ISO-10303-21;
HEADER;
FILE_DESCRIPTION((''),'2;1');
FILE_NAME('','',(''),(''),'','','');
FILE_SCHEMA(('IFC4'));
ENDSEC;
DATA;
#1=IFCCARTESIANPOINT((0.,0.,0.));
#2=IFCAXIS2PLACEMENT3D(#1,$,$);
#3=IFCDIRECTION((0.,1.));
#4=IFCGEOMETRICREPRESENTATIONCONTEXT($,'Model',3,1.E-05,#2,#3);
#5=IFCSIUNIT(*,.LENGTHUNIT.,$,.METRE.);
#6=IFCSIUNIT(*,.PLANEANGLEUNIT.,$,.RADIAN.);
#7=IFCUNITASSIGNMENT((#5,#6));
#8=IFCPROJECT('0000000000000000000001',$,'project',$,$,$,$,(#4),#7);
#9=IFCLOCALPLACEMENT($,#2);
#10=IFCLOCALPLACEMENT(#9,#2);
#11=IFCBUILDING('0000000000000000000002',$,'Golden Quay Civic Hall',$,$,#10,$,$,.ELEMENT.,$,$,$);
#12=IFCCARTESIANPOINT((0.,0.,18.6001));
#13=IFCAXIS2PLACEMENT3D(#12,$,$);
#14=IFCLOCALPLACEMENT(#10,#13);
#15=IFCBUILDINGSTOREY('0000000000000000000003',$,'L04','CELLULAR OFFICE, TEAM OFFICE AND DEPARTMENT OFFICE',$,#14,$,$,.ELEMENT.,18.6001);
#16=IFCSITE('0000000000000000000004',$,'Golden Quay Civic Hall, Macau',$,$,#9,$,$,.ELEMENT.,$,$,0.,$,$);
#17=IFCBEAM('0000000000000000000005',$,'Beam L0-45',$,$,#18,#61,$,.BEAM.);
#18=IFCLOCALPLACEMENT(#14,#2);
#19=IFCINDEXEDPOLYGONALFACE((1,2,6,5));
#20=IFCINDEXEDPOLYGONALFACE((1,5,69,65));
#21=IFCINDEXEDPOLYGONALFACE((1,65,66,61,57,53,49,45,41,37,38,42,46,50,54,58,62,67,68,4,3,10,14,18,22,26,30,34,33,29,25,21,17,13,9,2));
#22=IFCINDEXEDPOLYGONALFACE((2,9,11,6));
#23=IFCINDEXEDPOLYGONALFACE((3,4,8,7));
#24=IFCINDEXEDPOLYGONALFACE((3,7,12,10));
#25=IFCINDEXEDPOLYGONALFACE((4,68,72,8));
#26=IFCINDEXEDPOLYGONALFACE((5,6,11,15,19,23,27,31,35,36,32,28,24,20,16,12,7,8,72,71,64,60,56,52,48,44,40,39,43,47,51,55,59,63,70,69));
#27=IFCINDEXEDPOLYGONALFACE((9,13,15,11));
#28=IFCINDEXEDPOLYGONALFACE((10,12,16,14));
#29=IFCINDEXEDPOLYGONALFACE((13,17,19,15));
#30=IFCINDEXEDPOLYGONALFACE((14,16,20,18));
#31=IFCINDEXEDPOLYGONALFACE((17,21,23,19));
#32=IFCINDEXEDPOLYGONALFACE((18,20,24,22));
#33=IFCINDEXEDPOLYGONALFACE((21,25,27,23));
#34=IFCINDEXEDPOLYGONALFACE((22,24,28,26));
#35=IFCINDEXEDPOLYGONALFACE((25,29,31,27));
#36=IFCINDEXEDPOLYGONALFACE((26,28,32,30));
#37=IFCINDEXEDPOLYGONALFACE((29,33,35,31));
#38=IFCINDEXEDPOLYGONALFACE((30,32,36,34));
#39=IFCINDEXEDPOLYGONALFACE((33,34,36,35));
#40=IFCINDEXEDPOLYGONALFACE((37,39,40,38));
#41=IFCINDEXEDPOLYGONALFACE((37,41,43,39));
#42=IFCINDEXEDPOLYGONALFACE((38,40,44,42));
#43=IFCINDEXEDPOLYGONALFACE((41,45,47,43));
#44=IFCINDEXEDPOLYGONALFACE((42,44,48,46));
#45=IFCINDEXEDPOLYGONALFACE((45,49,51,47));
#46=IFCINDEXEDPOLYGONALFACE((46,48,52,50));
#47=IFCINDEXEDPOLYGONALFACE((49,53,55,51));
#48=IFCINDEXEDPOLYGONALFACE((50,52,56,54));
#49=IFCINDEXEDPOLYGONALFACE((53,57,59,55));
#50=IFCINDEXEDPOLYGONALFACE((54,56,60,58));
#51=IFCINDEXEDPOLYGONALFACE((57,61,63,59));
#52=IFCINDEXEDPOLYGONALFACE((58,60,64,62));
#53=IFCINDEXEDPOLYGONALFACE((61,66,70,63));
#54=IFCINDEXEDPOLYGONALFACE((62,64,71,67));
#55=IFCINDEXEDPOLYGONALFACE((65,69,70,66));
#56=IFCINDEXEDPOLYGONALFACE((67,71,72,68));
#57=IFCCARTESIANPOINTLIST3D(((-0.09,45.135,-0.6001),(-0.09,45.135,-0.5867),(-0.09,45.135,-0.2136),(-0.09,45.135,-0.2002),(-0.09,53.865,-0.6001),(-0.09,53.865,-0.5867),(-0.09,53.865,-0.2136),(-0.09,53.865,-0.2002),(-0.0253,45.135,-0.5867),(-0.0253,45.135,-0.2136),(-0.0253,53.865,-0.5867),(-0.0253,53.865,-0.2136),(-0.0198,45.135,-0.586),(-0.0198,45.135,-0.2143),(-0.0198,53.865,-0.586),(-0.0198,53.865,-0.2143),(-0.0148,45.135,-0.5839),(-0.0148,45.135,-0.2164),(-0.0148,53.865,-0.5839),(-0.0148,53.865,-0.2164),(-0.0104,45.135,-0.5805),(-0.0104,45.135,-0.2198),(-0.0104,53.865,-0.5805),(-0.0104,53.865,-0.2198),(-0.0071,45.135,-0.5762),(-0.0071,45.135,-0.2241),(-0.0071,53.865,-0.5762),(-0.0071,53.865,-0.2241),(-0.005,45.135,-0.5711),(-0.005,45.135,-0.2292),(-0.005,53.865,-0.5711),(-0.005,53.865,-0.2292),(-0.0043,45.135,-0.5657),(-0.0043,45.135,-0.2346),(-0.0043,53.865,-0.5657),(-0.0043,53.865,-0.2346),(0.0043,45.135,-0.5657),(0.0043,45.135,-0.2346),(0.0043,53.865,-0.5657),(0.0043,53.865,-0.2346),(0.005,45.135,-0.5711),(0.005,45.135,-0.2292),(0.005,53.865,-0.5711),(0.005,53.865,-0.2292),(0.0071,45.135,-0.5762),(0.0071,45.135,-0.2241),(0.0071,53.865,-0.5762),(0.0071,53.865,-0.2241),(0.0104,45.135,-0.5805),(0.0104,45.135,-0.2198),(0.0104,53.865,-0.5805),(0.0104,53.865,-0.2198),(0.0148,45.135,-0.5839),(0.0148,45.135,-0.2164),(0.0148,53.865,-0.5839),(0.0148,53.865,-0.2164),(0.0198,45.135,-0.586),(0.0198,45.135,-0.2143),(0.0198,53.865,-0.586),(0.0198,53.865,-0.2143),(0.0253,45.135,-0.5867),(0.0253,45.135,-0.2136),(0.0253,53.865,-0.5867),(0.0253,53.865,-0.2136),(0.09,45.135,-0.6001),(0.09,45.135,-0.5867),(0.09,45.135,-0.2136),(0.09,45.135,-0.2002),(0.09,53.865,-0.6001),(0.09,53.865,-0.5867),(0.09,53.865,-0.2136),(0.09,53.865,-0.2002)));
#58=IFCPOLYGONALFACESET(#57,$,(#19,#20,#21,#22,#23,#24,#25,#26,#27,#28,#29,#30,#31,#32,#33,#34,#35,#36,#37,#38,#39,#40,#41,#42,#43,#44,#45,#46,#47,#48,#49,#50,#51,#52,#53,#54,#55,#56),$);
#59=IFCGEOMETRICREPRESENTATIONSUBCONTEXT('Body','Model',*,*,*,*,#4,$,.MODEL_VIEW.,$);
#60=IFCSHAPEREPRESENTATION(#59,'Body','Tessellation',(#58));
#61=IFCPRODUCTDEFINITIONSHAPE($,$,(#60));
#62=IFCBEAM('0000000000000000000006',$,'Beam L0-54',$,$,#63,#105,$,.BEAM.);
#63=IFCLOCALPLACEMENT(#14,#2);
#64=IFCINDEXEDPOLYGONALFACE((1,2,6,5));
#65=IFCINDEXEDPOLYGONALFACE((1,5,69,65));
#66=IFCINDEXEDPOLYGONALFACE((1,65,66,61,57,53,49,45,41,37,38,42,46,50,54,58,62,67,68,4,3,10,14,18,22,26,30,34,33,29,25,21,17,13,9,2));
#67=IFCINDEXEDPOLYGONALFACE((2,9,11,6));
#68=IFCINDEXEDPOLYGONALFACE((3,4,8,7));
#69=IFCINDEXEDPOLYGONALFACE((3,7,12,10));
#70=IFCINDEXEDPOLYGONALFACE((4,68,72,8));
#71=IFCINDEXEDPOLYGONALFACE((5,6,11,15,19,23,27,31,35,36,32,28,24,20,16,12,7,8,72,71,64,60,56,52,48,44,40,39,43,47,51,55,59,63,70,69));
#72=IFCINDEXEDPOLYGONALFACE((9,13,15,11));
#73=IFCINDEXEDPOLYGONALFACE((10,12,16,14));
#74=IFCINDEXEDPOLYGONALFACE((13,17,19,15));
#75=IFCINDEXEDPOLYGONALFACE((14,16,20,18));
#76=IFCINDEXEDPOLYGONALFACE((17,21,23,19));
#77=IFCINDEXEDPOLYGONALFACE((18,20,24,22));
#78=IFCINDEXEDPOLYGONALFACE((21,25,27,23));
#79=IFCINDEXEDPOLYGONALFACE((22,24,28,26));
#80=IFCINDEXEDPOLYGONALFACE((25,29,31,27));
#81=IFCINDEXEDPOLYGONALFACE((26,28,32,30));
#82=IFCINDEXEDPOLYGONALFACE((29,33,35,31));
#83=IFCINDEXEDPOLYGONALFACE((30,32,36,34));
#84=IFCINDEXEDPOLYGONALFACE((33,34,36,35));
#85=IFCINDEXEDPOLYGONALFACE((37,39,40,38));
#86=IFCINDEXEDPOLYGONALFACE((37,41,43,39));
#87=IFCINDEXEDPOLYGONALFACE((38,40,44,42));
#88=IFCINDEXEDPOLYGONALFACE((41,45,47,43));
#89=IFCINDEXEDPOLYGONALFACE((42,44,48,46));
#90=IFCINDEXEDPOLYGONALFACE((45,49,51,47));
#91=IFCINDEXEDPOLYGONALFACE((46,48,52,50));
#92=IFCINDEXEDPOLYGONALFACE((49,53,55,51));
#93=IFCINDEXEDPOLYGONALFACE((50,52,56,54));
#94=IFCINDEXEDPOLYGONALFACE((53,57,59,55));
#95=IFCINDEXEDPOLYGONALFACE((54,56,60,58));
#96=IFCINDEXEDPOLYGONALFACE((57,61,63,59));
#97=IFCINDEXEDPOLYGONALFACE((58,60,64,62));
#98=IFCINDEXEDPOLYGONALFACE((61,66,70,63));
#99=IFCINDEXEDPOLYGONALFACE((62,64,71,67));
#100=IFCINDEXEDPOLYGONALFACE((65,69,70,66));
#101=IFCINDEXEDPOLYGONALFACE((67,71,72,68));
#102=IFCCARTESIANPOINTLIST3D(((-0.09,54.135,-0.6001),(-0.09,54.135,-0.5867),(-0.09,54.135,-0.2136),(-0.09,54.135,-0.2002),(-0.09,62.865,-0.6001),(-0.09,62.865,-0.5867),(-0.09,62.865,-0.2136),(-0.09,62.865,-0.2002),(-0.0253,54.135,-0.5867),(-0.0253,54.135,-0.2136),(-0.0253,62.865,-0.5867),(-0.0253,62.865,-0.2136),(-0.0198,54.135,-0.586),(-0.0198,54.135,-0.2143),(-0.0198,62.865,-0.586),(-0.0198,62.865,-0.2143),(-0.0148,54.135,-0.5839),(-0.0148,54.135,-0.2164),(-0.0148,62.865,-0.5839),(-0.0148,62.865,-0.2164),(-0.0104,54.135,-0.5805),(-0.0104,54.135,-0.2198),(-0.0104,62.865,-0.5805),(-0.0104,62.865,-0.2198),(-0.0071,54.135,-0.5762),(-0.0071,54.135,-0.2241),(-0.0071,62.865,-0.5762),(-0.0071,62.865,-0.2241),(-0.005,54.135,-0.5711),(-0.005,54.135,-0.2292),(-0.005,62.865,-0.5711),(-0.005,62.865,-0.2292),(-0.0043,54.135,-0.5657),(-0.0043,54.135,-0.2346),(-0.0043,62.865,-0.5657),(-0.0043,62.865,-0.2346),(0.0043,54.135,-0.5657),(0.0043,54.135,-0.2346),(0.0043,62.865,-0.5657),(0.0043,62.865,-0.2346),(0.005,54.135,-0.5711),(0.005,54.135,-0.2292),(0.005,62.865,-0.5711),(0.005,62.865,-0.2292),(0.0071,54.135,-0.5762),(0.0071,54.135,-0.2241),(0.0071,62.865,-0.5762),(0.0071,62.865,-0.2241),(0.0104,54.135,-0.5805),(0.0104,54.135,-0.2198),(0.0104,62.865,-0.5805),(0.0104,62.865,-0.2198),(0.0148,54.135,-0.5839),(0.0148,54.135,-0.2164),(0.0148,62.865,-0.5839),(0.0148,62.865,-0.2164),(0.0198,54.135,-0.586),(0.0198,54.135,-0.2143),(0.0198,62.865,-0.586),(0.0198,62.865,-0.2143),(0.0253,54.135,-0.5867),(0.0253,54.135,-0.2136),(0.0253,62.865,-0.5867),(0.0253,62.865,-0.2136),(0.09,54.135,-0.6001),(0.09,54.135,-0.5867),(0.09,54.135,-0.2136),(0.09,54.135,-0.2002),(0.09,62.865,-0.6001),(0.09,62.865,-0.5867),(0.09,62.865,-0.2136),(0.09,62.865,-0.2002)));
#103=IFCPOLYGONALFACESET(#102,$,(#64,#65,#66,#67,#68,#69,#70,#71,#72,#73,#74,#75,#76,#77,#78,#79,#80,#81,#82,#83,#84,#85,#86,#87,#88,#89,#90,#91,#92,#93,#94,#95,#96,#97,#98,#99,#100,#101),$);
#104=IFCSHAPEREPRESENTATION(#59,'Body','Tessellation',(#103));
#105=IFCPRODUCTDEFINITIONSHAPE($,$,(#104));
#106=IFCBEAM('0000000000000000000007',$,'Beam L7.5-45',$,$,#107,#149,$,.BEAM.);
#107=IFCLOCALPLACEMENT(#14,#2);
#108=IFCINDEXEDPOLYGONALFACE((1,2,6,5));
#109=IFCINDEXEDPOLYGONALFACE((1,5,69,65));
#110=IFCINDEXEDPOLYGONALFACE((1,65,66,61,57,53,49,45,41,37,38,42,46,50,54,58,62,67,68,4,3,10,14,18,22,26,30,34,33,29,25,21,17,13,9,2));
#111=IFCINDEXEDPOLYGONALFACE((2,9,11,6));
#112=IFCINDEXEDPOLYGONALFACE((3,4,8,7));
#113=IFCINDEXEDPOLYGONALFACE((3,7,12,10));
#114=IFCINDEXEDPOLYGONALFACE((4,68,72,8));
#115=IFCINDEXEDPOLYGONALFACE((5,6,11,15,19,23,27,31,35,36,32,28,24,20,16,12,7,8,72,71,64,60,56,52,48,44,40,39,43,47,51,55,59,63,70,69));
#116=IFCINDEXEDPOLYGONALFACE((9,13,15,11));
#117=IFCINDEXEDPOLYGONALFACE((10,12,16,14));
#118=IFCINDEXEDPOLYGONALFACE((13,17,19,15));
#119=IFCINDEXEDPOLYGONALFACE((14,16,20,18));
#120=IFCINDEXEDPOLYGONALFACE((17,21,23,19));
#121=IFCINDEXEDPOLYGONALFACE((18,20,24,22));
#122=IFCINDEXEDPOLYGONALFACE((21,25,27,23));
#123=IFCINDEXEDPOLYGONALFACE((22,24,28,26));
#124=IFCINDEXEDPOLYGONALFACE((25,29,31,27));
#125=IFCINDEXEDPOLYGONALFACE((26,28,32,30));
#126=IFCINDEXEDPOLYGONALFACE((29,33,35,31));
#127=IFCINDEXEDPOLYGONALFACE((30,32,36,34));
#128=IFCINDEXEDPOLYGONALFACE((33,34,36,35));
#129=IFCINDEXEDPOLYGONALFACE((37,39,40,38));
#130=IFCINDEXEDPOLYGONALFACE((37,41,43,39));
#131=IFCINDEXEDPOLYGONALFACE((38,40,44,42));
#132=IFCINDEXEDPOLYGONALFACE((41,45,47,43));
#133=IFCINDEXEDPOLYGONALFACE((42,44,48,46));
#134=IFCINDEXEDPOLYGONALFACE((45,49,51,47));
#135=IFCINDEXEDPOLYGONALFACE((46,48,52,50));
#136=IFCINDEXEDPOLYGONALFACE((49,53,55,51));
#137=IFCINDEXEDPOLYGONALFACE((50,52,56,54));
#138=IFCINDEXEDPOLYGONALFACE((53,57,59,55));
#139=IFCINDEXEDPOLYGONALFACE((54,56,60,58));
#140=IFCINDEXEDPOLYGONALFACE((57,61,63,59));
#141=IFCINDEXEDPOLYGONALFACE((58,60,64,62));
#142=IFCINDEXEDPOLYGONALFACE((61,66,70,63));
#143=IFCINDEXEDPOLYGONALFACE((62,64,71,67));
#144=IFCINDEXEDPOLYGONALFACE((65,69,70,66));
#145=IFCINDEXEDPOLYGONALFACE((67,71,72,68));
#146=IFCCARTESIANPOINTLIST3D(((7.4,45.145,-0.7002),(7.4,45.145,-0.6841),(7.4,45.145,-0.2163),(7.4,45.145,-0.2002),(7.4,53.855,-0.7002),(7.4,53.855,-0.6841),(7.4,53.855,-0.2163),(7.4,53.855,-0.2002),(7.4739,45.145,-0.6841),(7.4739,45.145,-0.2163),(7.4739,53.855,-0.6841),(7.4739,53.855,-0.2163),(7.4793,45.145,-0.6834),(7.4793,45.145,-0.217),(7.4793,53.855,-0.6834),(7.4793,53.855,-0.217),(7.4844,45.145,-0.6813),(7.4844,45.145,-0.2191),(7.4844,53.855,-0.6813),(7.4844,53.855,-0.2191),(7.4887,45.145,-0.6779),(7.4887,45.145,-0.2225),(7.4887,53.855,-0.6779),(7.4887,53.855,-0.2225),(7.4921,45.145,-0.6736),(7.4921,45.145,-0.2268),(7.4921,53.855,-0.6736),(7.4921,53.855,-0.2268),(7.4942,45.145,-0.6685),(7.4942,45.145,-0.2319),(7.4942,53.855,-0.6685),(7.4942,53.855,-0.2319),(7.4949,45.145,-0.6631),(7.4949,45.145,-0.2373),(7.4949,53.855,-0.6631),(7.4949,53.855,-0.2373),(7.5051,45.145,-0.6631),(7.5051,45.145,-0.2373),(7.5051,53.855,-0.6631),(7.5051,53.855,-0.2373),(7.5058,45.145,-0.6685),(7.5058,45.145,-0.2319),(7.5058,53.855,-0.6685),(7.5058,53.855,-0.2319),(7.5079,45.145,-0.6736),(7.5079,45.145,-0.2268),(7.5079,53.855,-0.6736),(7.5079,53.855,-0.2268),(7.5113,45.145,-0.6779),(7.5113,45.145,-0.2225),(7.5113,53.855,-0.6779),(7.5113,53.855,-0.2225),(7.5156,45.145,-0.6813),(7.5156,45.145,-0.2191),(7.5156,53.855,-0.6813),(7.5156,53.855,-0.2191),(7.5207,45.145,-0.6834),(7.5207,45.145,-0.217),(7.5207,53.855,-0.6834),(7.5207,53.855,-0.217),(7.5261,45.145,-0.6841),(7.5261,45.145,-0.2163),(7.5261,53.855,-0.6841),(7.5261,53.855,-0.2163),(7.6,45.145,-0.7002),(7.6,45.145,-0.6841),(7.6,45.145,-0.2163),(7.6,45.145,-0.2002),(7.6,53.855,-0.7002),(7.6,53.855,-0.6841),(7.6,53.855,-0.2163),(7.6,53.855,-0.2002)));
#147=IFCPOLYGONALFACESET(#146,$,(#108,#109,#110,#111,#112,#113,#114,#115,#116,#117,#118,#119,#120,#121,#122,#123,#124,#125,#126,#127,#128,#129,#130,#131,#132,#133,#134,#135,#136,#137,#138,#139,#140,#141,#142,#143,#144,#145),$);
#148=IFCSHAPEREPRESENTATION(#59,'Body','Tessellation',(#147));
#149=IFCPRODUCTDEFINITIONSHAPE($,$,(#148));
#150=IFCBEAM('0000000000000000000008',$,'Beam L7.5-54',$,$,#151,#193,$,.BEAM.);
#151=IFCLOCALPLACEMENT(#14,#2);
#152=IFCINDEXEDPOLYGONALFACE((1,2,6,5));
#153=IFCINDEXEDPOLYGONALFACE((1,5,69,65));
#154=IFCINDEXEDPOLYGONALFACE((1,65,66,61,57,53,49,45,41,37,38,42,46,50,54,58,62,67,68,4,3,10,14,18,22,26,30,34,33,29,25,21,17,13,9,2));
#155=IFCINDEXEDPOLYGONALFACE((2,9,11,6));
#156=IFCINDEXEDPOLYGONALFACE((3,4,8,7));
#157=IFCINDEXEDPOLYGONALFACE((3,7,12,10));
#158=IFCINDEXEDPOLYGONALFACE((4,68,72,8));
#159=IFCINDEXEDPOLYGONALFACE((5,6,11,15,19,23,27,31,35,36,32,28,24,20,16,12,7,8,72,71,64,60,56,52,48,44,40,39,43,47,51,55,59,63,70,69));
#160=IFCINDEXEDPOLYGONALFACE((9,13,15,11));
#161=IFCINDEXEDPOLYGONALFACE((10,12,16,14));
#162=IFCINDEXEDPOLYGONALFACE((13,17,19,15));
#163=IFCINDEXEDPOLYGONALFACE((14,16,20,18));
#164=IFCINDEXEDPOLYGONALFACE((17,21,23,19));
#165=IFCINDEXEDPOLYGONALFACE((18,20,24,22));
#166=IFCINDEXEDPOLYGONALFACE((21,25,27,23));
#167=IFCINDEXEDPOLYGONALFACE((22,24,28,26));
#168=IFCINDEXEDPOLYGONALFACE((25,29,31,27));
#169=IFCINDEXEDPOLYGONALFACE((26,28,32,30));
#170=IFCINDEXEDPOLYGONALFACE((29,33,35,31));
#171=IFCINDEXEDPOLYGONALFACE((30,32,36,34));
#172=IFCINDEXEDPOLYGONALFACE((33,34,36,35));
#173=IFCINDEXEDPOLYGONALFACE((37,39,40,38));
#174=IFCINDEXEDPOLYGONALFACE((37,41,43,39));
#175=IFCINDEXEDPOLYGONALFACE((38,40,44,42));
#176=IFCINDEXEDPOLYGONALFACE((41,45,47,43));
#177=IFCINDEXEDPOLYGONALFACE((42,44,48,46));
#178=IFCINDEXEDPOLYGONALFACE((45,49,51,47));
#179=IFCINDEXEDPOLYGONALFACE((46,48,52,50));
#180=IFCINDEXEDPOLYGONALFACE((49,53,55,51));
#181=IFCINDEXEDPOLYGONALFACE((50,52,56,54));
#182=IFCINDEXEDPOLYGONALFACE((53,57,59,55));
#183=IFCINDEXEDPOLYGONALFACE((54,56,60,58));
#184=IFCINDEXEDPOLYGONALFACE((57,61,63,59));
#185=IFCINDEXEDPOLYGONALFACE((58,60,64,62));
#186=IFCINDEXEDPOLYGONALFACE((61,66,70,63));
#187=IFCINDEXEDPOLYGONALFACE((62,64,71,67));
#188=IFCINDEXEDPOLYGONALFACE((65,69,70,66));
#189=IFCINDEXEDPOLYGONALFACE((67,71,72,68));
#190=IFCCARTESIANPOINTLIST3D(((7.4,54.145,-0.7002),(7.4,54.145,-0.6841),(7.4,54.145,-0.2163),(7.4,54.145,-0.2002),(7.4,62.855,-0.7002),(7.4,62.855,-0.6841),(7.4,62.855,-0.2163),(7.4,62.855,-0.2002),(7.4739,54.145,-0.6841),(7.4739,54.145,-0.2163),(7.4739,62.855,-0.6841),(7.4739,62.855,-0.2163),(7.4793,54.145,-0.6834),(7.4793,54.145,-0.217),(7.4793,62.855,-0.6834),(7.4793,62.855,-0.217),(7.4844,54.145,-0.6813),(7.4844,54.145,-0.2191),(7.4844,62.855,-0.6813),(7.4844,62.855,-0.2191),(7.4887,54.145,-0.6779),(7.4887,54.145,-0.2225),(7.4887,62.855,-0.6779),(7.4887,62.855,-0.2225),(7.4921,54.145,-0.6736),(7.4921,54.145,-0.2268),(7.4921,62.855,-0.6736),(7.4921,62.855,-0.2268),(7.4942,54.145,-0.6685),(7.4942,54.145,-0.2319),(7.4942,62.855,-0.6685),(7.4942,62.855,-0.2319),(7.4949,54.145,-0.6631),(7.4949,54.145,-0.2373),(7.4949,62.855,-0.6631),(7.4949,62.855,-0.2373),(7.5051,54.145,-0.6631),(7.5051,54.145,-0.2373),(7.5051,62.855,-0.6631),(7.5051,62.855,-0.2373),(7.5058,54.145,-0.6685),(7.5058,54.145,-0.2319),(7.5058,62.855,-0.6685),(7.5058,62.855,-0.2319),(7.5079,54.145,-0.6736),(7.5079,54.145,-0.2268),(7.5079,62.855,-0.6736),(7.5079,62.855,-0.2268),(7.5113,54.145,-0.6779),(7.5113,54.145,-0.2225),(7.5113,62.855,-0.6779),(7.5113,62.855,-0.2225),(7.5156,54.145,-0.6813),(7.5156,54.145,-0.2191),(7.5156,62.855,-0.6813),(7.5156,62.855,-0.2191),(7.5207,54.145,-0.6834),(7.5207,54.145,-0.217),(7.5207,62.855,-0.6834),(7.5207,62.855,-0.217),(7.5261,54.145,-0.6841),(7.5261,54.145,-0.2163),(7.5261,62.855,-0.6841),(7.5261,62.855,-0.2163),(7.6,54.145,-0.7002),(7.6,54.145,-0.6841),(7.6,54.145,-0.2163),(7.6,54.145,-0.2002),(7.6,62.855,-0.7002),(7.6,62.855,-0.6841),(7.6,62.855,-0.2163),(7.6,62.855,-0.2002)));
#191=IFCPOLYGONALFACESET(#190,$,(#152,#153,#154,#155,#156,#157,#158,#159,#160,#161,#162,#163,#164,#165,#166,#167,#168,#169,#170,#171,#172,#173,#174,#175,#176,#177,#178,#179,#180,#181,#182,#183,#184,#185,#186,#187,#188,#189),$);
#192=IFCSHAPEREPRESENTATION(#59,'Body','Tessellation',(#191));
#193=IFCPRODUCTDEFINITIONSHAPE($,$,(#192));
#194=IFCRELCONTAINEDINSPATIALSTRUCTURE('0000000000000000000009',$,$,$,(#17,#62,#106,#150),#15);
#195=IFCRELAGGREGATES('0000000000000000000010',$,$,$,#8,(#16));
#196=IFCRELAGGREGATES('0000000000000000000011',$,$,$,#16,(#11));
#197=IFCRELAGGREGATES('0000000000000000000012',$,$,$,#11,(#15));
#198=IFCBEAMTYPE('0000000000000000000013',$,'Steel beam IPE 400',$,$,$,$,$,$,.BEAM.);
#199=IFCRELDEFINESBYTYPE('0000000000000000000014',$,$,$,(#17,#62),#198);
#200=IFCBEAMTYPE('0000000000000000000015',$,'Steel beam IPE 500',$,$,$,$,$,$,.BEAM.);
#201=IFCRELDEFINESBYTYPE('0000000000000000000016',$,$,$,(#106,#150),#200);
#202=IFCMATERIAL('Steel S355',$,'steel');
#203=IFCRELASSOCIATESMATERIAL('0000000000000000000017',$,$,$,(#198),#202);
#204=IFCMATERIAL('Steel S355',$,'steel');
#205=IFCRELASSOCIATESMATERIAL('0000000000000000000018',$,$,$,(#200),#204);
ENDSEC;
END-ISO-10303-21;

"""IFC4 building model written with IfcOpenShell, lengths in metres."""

from ifc_helpers import new_model, si_unit, direction, frame, origin, origin_2d, place, context, subcontext, project, spatial, i_section, extrude, material, material_profile, profile_set, type_object, element, save


model = new_model("IFC4")

# Units and contexts
model_context = context("Model", 3, precision=1e-05, world=origin(), true_north=direction((0.0, 1.0)))
body_context = subcontext(model_context, "Body", "Model", "MODEL_VIEW")
ifc_project = project(units=[si_unit("LENGTHUNIT", "METRE"), si_unit("PLANEANGLEUNIT", "RADIAN")], contexts=[model_context])

# Site, building, storey
site_placement = place(None, origin())
site = spatial("IfcSite", under=ifc_project, at=site_placement, Name="Golden Quay Civic Hall, Macau", CompositionType="ELEMENT", RefElevation=0.0)
building_placement = place(site_placement, origin())
building = spatial("IfcBuilding", under=site, at=building_placement, Name="Golden Quay Civic Hall", CompositionType="ELEMENT")
storey_placement = place(building_placement, frame((0.0, 0.0, 18.6001)))
storey = spatial("IfcBuildingStorey", under=building, at=storey_placement, Name="L04", Description="CELLULAR OFFICE, TEAM OFFICE AND DEPARTMENT OFFICE", CompositionType="ELEMENT", Elevation=18.6001)

# Beams
ifc_material_1 = material(Name="Steel S355", Category="steel")
ifc_material_profile_1 = material_profile(ifc_material_1, i_section(OverallWidth=0.1799, OverallDepth=0.3999, WebThickness=0.0085, FlangeThickness=0.0134, FilletRadius=0.021, at=origin_2d()), Name="IPE 400")
ifc_profile_set_1 = profile_set([ifc_material_profile_1], Name="Steel S355")
beam_type_1 = type_object("IfcBeamType", Name="Steel beam IPE 400", PredefinedType="BEAM", material=ifc_profile_set_1)
for number, where, z_axis, x_axis, name in (
    (1, (0.0, 45.135, -0.4001), (0.0, 1.0, 0.0), (-1.0, 0.0, 0.0), "Beam L0-45"),
    (2, (0.0, 54.135, -0.4001), (0.0, 1.0, 0.0), (-1.0, 0.0, 0.0), "Beam L0-54"),
):
    element("IfcBeam", number, at=place(storey_placement, frame(where, z_axis=z_axis, x_axis=x_axis)), inside=storey, type_object=beam_type_1, Name=name, PredefinedType="BEAM", context=body_context, shape_type="SweptSolid", body=[
        extrude(i_section(OverallWidth=0.1799, OverallDepth=0.3999, WebThickness=0.0085, FlangeThickness=0.0134, FilletRadius=0.021, at=origin_2d()), origin(), (0.0, 0.0, 1.0), 8.73),
    ])
ifc_material_2 = material(Name="Steel S355", Category="steel")
ifc_material_profile_2 = material_profile(ifc_material_2, i_section(OverallWidth=0.2, OverallDepth=0.5, WebThickness=0.0103, FlangeThickness=0.0161, FilletRadius=0.021, at=origin_2d()), Name="IPE 500")
ifc_profile_set_2 = profile_set([ifc_material_profile_2], Name="Steel S355")
beam_type_2 = type_object("IfcBeamType", Name="Steel beam IPE 500", PredefinedType="BEAM", material=ifc_profile_set_2)
for number, where, z_axis, x_axis, name in (
    (3, (7.5, 45.145, -0.4502), (0.0, 1.0, 0.0), (-1.0, 0.0, 0.0), "Beam L7.5-45"),
    (4, (7.5, 54.145, -0.4502), (0.0, 1.0, 0.0), (-1.0, 0.0, 0.0), "Beam L7.5-54"),
):
    element("IfcBeam", number, at=place(storey_placement, frame(where, z_axis=z_axis, x_axis=x_axis)), inside=storey, type_object=beam_type_2, Name=name, PredefinedType="BEAM", context=body_context, shape_type="SweptSolid", body=[
        extrude(i_section(OverallWidth=0.2, OverallDepth=0.5, WebThickness=0.0103, FlangeThickness=0.0161, FilletRadius=0.021, at=origin_2d()), origin(), (0.0, 0.0, 1.0), 8.71),
    ])

save(model, "model.ifc")
